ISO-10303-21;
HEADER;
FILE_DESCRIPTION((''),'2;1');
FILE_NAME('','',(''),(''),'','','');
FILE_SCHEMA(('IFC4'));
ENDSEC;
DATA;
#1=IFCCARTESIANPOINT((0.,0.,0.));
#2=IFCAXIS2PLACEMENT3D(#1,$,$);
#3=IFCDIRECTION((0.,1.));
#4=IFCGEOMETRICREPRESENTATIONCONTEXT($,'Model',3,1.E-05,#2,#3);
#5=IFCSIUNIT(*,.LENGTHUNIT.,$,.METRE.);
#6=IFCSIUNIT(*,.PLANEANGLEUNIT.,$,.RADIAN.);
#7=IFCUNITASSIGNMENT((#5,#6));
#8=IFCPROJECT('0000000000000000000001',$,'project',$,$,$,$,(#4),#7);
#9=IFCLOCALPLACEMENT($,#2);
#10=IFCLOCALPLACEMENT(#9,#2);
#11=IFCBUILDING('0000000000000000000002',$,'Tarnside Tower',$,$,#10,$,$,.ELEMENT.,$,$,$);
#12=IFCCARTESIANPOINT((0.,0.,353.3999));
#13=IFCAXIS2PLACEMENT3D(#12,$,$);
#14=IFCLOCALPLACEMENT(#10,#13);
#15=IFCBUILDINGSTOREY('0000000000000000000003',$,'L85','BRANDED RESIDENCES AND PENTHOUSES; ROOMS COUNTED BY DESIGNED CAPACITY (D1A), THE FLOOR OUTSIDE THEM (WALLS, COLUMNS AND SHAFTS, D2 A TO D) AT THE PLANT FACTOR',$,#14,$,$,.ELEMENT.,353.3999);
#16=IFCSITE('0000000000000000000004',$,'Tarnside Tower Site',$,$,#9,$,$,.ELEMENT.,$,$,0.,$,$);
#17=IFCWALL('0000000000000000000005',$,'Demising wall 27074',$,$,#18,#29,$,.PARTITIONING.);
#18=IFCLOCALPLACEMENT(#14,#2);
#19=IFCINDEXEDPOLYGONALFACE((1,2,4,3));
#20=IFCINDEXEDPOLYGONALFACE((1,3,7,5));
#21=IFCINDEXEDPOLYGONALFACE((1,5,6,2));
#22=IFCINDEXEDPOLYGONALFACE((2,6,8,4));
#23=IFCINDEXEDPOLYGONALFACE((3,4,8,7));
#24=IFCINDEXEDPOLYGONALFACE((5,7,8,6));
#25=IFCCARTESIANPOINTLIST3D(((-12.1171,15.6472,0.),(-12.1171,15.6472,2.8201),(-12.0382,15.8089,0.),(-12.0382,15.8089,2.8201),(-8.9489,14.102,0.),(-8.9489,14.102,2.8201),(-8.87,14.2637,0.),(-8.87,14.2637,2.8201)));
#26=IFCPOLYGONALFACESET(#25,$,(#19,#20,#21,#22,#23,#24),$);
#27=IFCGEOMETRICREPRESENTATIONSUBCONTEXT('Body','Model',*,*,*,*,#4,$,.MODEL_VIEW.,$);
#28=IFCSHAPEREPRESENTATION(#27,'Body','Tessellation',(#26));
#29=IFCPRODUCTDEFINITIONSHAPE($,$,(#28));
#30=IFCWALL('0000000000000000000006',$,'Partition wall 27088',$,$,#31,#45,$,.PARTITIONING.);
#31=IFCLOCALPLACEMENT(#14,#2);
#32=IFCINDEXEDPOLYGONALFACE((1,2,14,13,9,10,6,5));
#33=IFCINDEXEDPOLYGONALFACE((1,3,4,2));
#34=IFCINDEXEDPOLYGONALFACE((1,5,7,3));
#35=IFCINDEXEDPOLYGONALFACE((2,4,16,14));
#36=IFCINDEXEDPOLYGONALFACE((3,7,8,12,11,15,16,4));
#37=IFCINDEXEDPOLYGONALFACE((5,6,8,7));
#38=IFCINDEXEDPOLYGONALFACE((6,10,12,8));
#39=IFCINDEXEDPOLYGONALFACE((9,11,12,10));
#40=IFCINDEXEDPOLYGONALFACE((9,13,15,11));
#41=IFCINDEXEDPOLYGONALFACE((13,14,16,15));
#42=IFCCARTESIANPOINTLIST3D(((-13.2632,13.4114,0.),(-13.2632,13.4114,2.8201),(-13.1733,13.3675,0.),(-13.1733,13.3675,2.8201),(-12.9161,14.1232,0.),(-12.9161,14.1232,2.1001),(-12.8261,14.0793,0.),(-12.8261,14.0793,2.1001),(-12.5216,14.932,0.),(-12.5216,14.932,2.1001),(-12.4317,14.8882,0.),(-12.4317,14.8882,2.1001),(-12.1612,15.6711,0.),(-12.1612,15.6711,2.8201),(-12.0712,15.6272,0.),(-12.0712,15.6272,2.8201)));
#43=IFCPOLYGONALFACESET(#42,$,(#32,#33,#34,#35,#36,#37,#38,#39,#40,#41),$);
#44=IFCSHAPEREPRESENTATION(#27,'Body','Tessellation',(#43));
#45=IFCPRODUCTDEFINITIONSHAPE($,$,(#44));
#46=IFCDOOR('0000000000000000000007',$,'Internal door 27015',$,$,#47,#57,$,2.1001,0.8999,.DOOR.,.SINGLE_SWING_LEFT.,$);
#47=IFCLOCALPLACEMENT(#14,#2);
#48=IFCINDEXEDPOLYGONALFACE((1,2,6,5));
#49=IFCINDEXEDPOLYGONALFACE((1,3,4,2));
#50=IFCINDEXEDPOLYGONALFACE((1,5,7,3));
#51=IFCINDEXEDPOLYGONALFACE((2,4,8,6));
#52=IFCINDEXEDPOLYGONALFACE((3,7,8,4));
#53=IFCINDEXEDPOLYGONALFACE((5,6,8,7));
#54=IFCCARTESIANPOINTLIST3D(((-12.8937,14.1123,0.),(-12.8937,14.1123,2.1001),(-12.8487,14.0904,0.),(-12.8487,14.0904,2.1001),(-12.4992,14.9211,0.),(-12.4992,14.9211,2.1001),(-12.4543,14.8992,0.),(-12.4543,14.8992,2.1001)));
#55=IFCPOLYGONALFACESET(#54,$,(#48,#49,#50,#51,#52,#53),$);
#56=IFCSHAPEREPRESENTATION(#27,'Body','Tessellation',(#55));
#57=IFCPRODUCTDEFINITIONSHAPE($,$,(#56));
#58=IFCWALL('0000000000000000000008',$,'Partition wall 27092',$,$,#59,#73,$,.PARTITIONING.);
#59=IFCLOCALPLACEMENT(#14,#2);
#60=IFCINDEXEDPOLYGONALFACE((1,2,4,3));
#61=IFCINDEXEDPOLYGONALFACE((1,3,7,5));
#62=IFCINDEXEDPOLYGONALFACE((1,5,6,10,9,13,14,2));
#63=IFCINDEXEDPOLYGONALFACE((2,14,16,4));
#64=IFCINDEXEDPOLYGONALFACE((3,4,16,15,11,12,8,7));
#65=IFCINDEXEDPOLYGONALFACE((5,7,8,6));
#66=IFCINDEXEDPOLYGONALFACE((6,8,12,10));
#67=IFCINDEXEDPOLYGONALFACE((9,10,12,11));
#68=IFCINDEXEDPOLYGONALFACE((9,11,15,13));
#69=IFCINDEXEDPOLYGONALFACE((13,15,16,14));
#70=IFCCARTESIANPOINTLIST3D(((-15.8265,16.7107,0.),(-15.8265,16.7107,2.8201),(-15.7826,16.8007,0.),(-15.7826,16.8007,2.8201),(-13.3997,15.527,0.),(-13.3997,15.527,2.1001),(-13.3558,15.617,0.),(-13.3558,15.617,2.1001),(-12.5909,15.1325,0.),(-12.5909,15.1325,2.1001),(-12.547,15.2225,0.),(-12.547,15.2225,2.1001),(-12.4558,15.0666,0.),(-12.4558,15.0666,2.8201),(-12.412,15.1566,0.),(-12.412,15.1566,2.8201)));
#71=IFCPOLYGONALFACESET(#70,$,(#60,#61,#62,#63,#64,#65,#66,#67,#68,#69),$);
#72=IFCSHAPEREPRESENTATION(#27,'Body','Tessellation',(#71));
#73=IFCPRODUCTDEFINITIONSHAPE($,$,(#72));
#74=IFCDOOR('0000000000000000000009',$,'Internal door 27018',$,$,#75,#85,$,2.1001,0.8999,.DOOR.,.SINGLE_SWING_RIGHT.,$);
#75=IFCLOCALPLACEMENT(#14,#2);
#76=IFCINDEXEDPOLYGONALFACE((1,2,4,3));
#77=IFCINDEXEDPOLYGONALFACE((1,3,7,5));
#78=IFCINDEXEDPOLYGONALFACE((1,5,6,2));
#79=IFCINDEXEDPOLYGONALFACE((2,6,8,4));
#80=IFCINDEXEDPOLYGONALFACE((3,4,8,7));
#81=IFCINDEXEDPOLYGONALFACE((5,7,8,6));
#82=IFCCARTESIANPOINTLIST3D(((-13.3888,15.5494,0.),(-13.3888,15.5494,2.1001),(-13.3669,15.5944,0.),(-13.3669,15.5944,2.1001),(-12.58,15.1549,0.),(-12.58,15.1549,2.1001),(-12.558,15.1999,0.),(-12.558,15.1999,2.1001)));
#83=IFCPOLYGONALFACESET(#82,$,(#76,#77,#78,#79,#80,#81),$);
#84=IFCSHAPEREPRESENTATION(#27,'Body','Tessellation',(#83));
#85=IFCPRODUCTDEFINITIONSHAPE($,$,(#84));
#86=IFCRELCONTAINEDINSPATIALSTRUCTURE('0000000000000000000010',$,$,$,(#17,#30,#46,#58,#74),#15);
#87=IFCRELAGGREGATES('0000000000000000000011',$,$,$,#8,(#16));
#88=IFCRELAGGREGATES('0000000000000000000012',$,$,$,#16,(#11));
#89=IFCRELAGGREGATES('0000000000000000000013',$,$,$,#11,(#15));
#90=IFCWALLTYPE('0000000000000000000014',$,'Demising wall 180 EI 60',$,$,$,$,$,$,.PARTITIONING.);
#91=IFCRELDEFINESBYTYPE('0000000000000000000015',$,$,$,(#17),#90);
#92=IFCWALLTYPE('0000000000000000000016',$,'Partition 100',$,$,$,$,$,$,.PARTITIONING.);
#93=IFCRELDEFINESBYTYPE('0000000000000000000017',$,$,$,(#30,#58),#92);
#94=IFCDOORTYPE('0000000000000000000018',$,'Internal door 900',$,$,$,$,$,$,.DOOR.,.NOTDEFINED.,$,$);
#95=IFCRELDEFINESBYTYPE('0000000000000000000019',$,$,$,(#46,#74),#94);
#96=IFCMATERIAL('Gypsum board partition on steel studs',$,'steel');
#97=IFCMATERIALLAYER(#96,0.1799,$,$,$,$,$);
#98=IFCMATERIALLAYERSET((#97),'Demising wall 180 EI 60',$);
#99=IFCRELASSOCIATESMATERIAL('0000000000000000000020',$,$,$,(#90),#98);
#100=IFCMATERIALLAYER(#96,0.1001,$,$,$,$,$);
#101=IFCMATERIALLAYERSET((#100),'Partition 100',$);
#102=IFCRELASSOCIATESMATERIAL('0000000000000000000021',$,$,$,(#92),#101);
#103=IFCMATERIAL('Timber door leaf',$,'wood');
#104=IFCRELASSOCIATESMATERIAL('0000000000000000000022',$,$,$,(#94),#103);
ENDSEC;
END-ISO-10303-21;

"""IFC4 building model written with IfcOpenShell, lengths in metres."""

from ifc_helpers import new_model, si_unit, direction, frame, frame_2d, origin, place, context, subcontext, project, spatial, rectangle, extrude, material, layer, layer_set, type_object, element, fill, save


model = new_model("IFC4")

# Units and contexts
model_context = context("Model", 3, precision=1e-05, world=origin(), true_north=direction((0.0, 1.0)))
body_context = subcontext(model_context, "Body", "Model", "MODEL_VIEW")
ifc_project = project(units=[si_unit("LENGTHUNIT", "METRE"), si_unit("PLANEANGLEUNIT", "RADIAN")], contexts=[model_context])

# Site, building, storey
site_placement = place(None, origin())
site = spatial("IfcSite", under=ifc_project, at=site_placement, Name="Tarnside Tower Site", CompositionType="ELEMENT", RefElevation=0.0)
building_placement = place(site_placement, origin())
building = spatial("IfcBuilding", under=site, at=building_placement, Name="Tarnside Tower", CompositionType="ELEMENT")
storey_placement = place(building_placement, frame((0.0, 0.0, 353.3999)))
storey = spatial("IfcBuildingStorey", under=building, at=storey_placement, Name="L85", Description="BRANDED RESIDENCES AND PENTHOUSES; ROOMS COUNTED BY DESIGNED CAPACITY (D1A), THE FLOOR OUTSIDE THEM (WALLS, COLUMNS AND SHAFTS, D2 A TO D) AT THE PLANT FACTOR", CompositionType="ELEMENT", Elevation=353.3999)

# Shared definitions
ifc_material_1 = material(Name="Gypsum board partition on steel studs", Category="steel")
ifc_material_2 = material(Name="Timber door leaf", Category="wood")

# Wall
ifc_layer_1 = layer(ifc_material_1, 0.1799)
ifc_layer_set_1 = layer_set([ifc_layer_1], Name="Demising wall 180 EI 60")
wall_type_1 = type_object("IfcWallType", Name="Demising wall 180 EI 60", PredefinedType="PARTITIONING", material=ifc_layer_set_1)
wall_1_placement = place(storey_placement, frame((-12.0776, 15.728, 0.0), z_axis=(0.0, 0.0, 1.0), x_axis=(0.898802, -0.438354, 0.0)))
element("IfcWall", 1, at=wall_1_placement, inside=storey, type_object=wall_type_1, Name="Demising wall 27074", PredefinedType="PARTITIONING", context=body_context, shape_type="SweptSolid", body=[
    extrude(rectangle(XDim=3.5249, YDim=0.1799, at=frame_2d((1.7625, 0.0))), origin(), (0.0, 0.0, 1.0), 2.8201),
])

# Walls, openings, doors
ifc_layer_2 = layer(ifc_material_1, 0.1001)
ifc_layer_set_2 = layer_set([ifc_layer_2], Name="Partition 100")
wall_type_2 = type_object("IfcWallType", Name="Partition 100", PredefinedType="PARTITIONING", material=ifc_layer_set_2)
wall_2_placement = place(storey_placement, frame((-12.1162, 15.6492, 0.0), z_axis=(0.0, 0.0, 1.0), x_axis=(-0.438336, -0.898811, 0.0)))
wall_2 = element("IfcWall", 2, at=wall_2_placement, inside=storey, type_object=wall_type_2, Name="Partition wall 27088", PredefinedType="PARTITIONING", context=body_context, shape_type="SweptSolid", body=[
    extrude(rectangle(XDim=2.5142, YDim=0.1001, at=frame_2d((1.2571, 0.0))), origin(), (0.0, 0.0, 1.0), 2.8201),
])
opening_1_placement = place(wall_2_placement, frame((0.8223, 0.0, 0.0)))
opening_1 = element("IfcOpeningElement", 3, at=opening_1_placement, cuts=wall_2, PredefinedType="OPENING", context=body_context, shape_type="SweptSolid", body=[
    extrude(rectangle(XDim=0.8999, YDim=2.1001, at=frame_2d((0.45, 1.05))), frame((0.0, 0.0601, 0.0), z_axis=(0.0, -1.0, 0.0), x_axis=(1.0, 0.0, 0.0)), (0.0, 0.0, 1.0), 0.1201),
])
door_type_1 = type_object("IfcDoorType", Name="Internal door 900", OperationType="NOTDEFINED", PredefinedType="DOOR", material=ifc_material_2)
door_1_placement = place(opening_1_placement, origin())
door_1 = element("IfcDoor", 4, at=door_1_placement, inside=storey, type_object=door_type_1, Name="Internal door 27015", OperationType="SINGLE_SWING_LEFT", OverallHeight=2.1001, OverallWidth=0.8999, PredefinedType="DOOR", context=body_context, shape_type="SweptSolid", body=[
    extrude(rectangle(XDim=0.8999, YDim=2.1001, at=frame_2d((0.45, 1.05))), frame((0.0, 0.0249, 0.0), z_axis=(0.0, -1.0, 0.0), x_axis=(1.0, 0.0, 0.0)), (0.0, 0.0, 1.0), 0.05),
])
fill(opening_1, door_1)
wall_3_placement = place(storey_placement, frame((-15.8044, 16.7556, 0.0), z_axis=(0.0, 0.0, 1.0), x_axis=(0.898785, -0.43839, 0.0)))
wall_3 = element("IfcWall", 5, at=wall_3_placement, inside=storey, type_object=wall_type_2, Name="Partition wall 27092", PredefinedType="PARTITIONING", context=body_context, shape_type="SweptSolid", body=[
    extrude(rectangle(XDim=3.7502, YDim=0.1001, at=frame_2d((1.875, 0.0))), origin(), (0.0, 0.0, 1.0), 2.8201),
])
opening_2_placement = place(wall_3_placement, frame((2.7, 0.0, 0.0)))
opening_2 = element("IfcOpeningElement", 6, at=opening_2_placement, cuts=wall_3, PredefinedType="OPENING", context=body_context, shape_type="SweptSolid", body=[
    extrude(rectangle(XDim=0.8999, YDim=2.1001, at=frame_2d((0.45, 1.05))), frame((0.0, 0.0601, 0.0), z_axis=(0.0, -1.0, 0.0), x_axis=(1.0, 0.0, 0.0)), (0.0, 0.0, 1.0), 0.1201),
])
door_2_placement = place(opening_2_placement, origin())
door_2 = element("IfcDoor", 7, at=door_2_placement, inside=storey, type_object=door_type_1, Name="Internal door 27018", OperationType="SINGLE_SWING_RIGHT", OverallHeight=2.1001, OverallWidth=0.8999, PredefinedType="DOOR", context=body_context, shape_type="SweptSolid", body=[
    extrude(rectangle(XDim=0.8999, YDim=2.1001, at=frame_2d((0.45, 1.05))), frame((0.0, 0.0249, 0.0), z_axis=(0.0, -1.0, 0.0), x_axis=(1.0, 0.0, 0.0)), (0.0, 0.0, 1.0), 0.05),
])
fill(opening_2, door_2)

save(model, "model.ifc")
